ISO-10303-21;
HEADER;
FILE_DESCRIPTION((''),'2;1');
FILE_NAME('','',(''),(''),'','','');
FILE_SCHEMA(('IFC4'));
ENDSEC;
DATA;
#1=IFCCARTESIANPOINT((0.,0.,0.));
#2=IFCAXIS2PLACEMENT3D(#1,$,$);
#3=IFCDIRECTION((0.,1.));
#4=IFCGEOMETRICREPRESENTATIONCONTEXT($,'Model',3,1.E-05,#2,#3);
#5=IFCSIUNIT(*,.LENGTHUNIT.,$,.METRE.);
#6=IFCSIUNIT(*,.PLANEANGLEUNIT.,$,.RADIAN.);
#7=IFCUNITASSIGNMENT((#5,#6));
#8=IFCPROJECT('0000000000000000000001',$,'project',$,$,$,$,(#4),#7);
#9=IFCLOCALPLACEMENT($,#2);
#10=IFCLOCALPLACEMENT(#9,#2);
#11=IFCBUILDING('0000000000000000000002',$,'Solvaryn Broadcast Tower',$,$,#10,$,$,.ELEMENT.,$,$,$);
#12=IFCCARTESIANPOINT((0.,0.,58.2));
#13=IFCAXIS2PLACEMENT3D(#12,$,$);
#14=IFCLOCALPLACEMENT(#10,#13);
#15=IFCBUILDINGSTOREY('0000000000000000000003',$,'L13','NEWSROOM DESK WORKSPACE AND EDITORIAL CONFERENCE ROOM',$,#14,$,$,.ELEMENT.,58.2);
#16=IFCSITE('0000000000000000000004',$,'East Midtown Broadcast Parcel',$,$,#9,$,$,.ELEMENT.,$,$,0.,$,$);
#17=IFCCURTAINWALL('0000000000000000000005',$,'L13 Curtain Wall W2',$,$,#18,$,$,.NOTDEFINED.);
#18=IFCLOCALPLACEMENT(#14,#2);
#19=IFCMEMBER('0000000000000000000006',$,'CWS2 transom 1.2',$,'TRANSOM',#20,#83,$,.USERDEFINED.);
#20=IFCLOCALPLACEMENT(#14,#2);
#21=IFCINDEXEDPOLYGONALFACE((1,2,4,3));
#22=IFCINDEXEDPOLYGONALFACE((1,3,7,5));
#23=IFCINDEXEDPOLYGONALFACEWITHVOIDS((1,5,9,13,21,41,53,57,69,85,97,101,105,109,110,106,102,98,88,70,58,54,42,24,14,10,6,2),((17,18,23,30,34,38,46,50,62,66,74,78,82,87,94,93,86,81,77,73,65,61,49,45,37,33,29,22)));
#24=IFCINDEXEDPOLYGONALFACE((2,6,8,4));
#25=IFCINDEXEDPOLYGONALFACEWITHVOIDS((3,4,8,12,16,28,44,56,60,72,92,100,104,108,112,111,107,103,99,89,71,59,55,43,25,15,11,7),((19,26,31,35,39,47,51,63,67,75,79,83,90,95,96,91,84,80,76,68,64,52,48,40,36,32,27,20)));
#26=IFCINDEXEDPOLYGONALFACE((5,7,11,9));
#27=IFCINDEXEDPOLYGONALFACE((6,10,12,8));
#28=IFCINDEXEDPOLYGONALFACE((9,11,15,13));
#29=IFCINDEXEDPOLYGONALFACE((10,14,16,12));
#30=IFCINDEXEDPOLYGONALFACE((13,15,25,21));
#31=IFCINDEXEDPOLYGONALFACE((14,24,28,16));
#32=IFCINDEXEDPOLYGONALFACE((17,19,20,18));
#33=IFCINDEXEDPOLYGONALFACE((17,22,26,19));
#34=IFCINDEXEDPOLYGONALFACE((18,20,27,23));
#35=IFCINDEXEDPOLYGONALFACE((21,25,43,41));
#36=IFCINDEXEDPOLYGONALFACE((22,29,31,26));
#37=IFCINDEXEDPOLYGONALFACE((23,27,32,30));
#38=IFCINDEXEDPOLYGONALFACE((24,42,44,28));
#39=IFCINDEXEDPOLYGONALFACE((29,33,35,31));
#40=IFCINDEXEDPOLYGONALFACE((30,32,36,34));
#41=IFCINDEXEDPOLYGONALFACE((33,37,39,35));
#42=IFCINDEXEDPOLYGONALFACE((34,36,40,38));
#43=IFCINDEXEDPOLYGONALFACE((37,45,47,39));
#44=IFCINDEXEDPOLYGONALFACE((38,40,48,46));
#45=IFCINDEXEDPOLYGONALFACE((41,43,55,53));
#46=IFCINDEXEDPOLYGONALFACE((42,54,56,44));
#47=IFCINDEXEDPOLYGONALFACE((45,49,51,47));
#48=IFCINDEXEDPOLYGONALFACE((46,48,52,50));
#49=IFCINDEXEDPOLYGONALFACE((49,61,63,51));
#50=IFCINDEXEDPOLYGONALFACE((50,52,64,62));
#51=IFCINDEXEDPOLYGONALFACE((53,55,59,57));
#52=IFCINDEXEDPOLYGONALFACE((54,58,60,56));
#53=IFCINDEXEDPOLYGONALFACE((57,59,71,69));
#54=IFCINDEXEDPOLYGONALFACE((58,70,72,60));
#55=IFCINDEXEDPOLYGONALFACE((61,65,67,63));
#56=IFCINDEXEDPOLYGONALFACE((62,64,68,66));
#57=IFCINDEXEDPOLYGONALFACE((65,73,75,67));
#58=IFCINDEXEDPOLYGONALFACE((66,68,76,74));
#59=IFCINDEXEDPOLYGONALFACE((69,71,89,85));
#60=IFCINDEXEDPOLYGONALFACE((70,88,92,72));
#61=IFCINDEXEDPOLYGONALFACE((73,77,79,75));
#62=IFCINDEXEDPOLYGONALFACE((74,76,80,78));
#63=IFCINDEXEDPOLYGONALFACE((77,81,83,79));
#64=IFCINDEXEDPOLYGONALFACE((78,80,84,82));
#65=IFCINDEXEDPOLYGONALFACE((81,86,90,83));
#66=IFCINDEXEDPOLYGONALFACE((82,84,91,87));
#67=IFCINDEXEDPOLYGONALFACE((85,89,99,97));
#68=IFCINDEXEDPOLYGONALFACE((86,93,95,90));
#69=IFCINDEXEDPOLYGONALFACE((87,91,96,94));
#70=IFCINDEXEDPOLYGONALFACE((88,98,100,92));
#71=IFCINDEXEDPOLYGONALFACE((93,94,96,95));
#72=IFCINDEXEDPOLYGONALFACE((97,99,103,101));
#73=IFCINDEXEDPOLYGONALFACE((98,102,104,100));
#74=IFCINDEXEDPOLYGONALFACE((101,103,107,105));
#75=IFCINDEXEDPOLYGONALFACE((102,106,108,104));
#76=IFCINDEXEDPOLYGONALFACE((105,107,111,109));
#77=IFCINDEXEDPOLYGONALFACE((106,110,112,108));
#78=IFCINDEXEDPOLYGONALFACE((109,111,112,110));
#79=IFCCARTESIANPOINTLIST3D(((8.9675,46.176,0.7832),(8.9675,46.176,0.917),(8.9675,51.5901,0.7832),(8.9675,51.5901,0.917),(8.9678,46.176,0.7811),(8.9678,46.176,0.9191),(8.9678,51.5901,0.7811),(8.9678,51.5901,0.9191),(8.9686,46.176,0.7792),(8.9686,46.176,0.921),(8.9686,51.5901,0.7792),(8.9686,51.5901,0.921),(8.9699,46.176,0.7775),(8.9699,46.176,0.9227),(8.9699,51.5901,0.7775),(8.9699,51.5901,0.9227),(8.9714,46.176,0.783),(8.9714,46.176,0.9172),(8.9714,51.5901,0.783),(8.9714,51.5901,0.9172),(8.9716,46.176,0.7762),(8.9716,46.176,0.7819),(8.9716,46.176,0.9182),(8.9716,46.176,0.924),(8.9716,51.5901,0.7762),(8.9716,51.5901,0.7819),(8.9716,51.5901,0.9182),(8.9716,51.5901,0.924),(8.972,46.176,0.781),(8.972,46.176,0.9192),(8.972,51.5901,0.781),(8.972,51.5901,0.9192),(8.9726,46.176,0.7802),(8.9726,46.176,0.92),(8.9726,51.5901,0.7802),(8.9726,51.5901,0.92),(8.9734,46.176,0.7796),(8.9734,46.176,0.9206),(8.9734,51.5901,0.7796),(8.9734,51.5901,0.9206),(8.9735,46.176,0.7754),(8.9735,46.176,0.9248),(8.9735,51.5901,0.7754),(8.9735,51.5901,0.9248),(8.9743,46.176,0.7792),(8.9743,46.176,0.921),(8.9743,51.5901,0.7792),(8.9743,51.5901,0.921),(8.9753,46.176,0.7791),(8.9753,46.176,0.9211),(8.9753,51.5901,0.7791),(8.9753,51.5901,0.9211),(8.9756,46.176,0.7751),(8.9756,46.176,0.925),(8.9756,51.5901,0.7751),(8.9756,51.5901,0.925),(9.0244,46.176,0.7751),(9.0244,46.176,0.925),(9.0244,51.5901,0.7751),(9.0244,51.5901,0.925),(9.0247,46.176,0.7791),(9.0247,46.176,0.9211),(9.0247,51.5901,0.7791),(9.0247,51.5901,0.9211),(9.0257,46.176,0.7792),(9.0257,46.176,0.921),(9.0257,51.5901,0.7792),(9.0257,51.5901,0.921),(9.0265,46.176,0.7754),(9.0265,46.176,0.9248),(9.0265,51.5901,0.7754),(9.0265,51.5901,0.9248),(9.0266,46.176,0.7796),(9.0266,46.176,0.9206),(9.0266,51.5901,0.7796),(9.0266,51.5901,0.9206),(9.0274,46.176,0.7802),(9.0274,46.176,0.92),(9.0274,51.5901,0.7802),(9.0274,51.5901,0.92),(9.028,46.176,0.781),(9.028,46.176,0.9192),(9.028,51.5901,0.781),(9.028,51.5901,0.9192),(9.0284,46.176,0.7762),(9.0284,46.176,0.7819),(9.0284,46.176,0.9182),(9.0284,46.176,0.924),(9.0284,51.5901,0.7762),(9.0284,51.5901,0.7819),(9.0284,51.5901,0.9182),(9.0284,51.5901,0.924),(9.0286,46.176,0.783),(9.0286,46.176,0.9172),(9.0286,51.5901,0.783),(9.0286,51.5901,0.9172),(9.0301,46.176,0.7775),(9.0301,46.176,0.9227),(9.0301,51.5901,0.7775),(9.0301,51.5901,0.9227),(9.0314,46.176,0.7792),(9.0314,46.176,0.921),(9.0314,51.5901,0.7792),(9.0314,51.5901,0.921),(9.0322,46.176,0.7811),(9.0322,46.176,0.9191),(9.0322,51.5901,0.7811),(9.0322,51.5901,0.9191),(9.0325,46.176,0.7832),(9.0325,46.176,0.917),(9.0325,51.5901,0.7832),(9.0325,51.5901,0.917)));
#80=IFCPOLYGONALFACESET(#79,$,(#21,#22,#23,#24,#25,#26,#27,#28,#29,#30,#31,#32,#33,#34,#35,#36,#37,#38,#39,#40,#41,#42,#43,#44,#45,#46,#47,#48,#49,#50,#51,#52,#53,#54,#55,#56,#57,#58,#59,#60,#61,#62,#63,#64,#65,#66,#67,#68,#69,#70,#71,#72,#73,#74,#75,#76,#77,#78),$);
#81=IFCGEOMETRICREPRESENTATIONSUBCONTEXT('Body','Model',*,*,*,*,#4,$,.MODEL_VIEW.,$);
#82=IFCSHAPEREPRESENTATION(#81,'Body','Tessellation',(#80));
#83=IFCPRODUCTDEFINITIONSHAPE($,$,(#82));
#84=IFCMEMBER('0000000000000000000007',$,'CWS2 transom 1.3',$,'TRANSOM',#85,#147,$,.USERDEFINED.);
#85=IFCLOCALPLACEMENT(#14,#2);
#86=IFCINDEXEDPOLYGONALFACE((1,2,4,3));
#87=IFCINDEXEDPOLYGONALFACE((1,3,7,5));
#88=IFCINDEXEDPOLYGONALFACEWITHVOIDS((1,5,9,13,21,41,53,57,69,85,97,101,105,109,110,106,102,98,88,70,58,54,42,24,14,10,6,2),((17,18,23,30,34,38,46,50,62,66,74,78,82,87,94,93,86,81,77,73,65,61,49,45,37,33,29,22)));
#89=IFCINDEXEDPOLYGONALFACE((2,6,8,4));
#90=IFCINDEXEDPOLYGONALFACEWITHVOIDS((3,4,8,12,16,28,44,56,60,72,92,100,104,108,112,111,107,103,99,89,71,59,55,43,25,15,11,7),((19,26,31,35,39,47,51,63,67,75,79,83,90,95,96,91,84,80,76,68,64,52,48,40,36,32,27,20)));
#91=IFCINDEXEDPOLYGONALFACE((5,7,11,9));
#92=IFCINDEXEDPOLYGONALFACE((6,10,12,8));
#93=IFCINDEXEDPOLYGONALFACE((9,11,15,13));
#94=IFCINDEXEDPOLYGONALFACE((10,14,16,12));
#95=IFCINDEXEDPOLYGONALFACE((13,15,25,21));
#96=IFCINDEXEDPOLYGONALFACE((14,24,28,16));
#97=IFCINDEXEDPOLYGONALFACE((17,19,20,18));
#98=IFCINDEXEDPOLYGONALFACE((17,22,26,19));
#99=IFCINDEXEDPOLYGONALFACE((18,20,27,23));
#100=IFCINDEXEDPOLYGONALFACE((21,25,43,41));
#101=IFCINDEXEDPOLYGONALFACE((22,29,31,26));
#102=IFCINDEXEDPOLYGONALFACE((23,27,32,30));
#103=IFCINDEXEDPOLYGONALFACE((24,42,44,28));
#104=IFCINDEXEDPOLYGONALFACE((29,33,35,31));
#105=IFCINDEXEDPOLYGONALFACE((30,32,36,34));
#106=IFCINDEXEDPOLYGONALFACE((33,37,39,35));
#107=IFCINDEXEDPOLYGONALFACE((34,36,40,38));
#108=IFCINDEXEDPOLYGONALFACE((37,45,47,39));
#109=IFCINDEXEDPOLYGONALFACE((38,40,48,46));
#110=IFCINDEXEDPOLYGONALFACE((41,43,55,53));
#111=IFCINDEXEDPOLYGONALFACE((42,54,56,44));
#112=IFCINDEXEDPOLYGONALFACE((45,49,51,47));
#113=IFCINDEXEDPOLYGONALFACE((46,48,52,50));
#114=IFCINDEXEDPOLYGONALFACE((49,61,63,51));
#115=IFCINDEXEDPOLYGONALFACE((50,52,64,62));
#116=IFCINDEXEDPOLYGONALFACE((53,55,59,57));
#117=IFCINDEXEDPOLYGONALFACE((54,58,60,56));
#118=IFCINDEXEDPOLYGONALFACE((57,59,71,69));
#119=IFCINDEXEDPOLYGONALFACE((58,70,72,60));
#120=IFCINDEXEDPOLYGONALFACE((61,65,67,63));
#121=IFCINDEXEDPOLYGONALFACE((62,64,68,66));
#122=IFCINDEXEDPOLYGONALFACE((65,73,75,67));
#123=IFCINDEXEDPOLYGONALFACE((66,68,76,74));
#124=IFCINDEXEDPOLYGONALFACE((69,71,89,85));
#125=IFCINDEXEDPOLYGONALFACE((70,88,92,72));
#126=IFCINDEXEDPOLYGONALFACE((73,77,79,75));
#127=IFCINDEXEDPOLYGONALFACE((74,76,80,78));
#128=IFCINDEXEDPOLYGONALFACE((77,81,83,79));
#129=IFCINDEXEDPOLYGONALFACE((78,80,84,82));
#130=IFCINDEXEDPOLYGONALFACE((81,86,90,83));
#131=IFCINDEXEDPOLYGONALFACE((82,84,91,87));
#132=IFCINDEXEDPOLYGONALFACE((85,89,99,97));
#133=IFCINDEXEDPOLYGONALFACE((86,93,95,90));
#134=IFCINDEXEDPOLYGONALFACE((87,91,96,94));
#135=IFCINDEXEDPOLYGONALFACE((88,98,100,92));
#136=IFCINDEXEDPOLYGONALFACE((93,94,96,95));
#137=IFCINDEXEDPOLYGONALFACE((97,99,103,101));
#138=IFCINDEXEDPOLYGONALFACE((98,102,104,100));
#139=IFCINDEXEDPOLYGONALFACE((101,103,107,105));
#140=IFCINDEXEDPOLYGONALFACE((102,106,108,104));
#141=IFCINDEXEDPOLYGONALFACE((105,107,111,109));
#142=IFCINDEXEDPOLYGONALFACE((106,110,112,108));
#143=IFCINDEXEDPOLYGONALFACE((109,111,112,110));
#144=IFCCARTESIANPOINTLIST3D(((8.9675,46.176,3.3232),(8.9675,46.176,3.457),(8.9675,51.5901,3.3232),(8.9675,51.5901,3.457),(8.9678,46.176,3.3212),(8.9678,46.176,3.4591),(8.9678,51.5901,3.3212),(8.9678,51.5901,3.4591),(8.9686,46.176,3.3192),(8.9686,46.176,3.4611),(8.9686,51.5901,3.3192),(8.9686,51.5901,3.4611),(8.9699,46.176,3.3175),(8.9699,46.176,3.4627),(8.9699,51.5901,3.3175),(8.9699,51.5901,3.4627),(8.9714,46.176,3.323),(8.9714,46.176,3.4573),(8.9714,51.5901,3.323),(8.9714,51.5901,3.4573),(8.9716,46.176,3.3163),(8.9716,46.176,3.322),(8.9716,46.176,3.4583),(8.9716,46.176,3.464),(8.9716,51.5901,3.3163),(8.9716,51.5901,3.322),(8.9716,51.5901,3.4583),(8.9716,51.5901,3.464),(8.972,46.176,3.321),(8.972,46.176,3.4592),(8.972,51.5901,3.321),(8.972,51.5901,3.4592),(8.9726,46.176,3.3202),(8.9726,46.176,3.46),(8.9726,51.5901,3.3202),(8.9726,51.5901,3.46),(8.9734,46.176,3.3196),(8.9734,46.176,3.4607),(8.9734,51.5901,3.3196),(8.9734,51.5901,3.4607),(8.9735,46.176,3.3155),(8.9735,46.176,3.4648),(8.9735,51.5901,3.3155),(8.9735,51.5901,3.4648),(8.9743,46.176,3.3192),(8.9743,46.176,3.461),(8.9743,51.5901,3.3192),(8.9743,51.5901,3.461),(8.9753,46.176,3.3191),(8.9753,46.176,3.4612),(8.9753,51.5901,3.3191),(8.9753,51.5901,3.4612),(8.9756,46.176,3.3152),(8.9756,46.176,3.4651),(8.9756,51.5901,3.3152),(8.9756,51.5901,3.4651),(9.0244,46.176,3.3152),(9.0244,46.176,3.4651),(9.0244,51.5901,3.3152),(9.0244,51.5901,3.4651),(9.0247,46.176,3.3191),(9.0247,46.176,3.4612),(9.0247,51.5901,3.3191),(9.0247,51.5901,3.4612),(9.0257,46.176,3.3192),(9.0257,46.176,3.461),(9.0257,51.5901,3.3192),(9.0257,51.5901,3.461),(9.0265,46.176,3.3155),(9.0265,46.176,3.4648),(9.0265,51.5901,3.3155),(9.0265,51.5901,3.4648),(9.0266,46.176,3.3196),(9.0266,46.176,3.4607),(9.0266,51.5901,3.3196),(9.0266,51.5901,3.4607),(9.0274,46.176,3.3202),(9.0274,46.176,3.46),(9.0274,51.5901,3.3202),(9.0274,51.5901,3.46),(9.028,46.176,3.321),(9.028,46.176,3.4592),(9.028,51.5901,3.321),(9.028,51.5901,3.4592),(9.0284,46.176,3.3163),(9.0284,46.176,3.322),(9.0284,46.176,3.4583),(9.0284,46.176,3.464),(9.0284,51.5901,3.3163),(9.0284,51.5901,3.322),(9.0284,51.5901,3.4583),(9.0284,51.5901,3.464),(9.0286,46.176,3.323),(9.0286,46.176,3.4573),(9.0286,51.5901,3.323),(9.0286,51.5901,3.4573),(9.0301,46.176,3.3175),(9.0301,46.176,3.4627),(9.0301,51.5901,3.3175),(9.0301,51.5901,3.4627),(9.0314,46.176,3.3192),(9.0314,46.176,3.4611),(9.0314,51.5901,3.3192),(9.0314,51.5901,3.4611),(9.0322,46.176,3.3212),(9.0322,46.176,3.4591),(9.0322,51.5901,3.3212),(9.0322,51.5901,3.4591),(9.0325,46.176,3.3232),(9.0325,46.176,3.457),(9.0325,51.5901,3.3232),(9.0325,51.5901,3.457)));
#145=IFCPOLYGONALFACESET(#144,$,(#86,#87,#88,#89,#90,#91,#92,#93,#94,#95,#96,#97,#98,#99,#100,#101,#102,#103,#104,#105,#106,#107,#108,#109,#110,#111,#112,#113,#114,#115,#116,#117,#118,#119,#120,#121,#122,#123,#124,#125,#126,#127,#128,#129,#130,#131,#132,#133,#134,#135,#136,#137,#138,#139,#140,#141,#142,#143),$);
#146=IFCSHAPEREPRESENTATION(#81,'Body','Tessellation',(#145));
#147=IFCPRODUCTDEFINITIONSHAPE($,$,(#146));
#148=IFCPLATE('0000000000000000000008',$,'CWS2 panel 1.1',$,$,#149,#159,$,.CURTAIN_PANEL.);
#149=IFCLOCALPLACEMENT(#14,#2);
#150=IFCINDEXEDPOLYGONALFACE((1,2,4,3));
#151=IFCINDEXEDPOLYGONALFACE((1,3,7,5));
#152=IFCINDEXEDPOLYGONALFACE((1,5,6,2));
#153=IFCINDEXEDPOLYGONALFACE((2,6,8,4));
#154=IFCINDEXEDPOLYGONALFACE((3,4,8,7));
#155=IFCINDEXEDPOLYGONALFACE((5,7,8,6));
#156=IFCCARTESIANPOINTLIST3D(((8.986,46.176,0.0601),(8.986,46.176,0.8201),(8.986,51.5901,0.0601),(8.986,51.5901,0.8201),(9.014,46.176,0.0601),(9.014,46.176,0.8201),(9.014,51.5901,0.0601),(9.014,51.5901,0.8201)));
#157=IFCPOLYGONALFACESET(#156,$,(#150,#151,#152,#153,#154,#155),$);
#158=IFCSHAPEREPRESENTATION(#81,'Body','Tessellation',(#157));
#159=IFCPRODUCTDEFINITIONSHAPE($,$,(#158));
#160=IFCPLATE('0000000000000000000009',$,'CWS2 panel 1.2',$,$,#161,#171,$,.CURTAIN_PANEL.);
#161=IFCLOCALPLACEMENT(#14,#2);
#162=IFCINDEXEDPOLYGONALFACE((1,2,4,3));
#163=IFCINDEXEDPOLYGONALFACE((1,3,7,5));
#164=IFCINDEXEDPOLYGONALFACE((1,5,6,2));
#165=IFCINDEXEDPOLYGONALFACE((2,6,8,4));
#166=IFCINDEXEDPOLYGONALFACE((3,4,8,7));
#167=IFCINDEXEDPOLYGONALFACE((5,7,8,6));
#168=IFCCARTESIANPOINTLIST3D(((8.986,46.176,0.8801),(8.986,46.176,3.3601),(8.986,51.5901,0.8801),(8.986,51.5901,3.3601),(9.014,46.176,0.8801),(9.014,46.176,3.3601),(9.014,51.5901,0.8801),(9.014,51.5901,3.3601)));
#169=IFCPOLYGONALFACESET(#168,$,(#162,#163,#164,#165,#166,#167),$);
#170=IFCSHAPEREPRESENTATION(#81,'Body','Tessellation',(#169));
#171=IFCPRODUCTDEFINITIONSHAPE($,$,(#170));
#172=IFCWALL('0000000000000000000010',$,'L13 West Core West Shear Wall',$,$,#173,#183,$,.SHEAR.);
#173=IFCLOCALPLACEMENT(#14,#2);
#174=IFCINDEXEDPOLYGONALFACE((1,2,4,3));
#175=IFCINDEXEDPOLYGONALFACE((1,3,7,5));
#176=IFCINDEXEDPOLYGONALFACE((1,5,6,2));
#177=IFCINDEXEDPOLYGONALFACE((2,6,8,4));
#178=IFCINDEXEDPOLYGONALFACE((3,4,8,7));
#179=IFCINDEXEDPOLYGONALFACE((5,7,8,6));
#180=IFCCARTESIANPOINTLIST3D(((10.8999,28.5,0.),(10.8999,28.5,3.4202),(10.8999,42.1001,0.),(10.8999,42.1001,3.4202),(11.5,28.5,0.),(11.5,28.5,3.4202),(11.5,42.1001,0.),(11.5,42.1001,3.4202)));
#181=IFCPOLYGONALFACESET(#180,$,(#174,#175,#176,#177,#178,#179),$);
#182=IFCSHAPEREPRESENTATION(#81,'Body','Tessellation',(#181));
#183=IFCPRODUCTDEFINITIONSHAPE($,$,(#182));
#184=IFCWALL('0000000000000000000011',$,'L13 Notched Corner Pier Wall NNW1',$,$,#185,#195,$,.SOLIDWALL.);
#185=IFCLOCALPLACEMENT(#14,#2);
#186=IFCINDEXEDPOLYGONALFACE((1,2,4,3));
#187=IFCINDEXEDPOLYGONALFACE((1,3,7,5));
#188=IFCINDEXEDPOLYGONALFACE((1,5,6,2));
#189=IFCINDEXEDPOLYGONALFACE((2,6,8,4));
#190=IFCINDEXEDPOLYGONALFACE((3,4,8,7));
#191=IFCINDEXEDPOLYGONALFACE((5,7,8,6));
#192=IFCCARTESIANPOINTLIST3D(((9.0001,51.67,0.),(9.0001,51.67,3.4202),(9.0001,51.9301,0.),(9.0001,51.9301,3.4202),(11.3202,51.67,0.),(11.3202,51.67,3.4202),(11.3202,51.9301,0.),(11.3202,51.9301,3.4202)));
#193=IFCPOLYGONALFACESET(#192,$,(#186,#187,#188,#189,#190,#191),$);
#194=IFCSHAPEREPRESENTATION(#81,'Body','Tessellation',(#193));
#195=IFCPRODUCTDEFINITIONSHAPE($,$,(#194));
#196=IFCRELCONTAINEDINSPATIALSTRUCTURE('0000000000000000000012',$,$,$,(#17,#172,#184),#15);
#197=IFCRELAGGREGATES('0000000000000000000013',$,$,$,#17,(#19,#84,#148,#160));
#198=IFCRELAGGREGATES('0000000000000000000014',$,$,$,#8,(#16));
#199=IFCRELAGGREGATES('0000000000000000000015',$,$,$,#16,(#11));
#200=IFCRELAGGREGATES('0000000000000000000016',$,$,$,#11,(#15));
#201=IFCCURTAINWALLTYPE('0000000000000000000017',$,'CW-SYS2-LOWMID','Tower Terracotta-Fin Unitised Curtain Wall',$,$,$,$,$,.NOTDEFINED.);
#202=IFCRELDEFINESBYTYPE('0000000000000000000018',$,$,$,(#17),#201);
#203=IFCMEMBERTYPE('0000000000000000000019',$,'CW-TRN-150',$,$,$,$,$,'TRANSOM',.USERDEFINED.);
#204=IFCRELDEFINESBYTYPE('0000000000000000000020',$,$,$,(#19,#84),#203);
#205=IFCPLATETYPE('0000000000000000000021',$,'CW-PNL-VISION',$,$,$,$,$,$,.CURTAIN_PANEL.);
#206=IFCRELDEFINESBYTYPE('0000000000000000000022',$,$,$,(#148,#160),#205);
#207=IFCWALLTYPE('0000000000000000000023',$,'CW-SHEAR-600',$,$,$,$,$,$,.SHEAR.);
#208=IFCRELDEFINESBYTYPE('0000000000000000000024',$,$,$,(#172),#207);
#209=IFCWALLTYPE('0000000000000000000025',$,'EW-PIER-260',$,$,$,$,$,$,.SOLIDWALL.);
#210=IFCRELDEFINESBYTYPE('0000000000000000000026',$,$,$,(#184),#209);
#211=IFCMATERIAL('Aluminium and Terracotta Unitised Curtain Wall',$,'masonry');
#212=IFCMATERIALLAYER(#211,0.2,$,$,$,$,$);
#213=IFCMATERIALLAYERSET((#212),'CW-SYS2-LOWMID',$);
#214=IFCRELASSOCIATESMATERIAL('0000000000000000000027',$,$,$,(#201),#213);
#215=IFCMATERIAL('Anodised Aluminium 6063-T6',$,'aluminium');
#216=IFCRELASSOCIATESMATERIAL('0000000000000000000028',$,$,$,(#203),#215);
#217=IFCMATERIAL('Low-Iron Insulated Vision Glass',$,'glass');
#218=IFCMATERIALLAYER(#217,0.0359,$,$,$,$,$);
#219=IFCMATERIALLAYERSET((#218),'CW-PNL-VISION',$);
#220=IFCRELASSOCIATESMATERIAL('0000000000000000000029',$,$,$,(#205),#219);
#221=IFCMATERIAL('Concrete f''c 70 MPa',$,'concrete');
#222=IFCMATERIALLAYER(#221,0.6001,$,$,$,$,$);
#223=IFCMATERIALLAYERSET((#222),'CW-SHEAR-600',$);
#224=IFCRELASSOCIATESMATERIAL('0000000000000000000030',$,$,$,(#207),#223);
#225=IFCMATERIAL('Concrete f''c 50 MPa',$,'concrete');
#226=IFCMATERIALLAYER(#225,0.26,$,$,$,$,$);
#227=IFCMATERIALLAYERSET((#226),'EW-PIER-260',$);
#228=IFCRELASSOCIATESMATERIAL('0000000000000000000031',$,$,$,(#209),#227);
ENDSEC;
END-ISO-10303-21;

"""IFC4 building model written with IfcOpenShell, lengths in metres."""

from ifc_helpers import new_model, si_unit, direction, frame, frame_2d, origin, origin_2d, place, context, subcontext, project, spatial, rectangle, hollow_rectangle, extrude, material, layer, layer_set, material_profile, profile_set, type_object, element, aggregate, save


model = new_model("IFC4")

# Units and contexts
model_context = context("Model", 3, precision=1e-05, world=origin(), true_north=direction((0.0, 1.0)))
body_context = subcontext(model_context, "Body", "Model", "MODEL_VIEW")
ifc_project = project(units=[si_unit("LENGTHUNIT", "METRE"), si_unit("PLANEANGLEUNIT", "RADIAN")], contexts=[model_context])

# Site, building, storey
site_placement = place(None, origin())
site = spatial("IfcSite", under=ifc_project, at=site_placement, Name="East Midtown Broadcast Parcel", CompositionType="ELEMENT", RefElevation=0.0)
building_placement = place(site_placement, origin())
building = spatial("IfcBuilding", under=site, at=building_placement, Name="Solvaryn Broadcast Tower", CompositionType="ELEMENT")
storey_placement = place(building_placement, frame((0.0, 0.0, 58.2)))
storey = spatial("IfcBuildingStorey", under=building, at=storey_placement, Name="L13", Description="NEWSROOM DESK WORKSPACE AND EDITORIAL CONFERENCE ROOM", CompositionType="ELEMENT", Elevation=58.2)

# Shared definitions
ifc_material_1 = material(Name="Aluminium and Terracotta Unitised Curtain Wall", Category="masonry")
ifc_layer_1 = layer(ifc_material_1, 0.2)
ifc_layer_set_1 = layer_set([ifc_layer_1], Name="CW-SYS2-LOWMID")
curtain_wall_type = type_object("IfcCurtainWallType", Name="CW-SYS2-LOWMID", Description="Tower Terracotta-Fin Unitised Curtain Wall", PredefinedType="NOTDEFINED", material=ifc_layer_set_1)

# Curtain wall
curtain_wall_1_placement = place(storey_placement, origin())
curtain_wall_1 = element("IfcCurtainWall", 1, at=curtain_wall_1_placement, inside=storey, type_object=curtain_wall_type, Name="L13 Curtain Wall W2", PredefinedType="NOTDEFINED")

# Members
ifc_material_2 = material(Name="Anodised Aluminium 6063-T6", Category="aluminium")
ifc_material_profile_1 = material_profile(ifc_material_2, hollow_rectangle(XDim=0.0649, YDim=0.1499, WallThickness=0.0039, InnerFilletRadius=0.0039, OuterFilletRadius=0.0081, at=origin_2d()))
ifc_profile_set_1 = profile_set([ifc_material_profile_1], Name="Anodised Aluminium 6063-T6")
member_type_1 = type_object("IfcMemberType", Name="CW-TRN-150", ElementType="TRANSOM", PredefinedType="USERDEFINED", material=ifc_profile_set_1)
member_1_placement = place(storey_placement, frame((9.0, 46.176, 0.8501), z_axis=(0.0, 1.0, 0.0), x_axis=(-1.0, 0.0, 0.0)))
member_1 = element("IfcMember", 2, at=member_1_placement, type_object=member_type_1, Name="CWS2 transom 1.2", ObjectType="TRANSOM", PredefinedType="USERDEFINED", context=body_context, shape_type="SweptSolid", body=[
    extrude(hollow_rectangle(XDim=0.0649, YDim=0.1499, WallThickness=0.0039, InnerFilletRadius=0.0039, OuterFilletRadius=0.0081, at=origin_2d()), origin(), (0.0, 0.0, 1.0), 5.4141),
])
member_2_placement = place(storey_placement, frame((9.0, 46.176, 3.3901), z_axis=(0.0, 1.0, 0.0), x_axis=(-1.0, 0.0, 0.0)))
member_2 = element("IfcMember", 3, at=member_2_placement, type_object=member_type_1, Name="CWS2 transom 1.3", ObjectType="TRANSOM", PredefinedType="USERDEFINED", context=body_context, shape_type="SweptSolid", body=[
    extrude(hollow_rectangle(XDim=0.0649, YDim=0.1499, WallThickness=0.0039, InnerFilletRadius=0.0039, OuterFilletRadius=0.0081, at=origin_2d()), origin(), (0.0, 0.0, 1.0), 5.4141),
])

# Plates
ifc_material_3 = material(Name="Low-Iron Insulated Vision Glass", Category="glass")
ifc_layer_2 = layer(ifc_material_3, 0.0359)
ifc_layer_set_2 = layer_set([ifc_layer_2], Name="CW-PNL-VISION")
plate_type = type_object("IfcPlateType", Name="CW-PNL-VISION", PredefinedType="CURTAIN_PANEL", material=ifc_layer_set_2)
plate_1_placement = place(storey_placement, frame((9.0, 48.8831, 0.0601), z_axis=(0.0, 0.0, 1.0), x_axis=(0.0, 1.0, 0.0)))
plate_1 = element("IfcPlate", 4, at=plate_1_placement, type_object=plate_type, Name="CWS2 panel 1.1", PredefinedType="CURTAIN_PANEL", context=body_context, shape_type="SweptSolid", body=[
    extrude(rectangle(XDim=5.4141, YDim=0.0281, at=origin_2d()), origin(), (0.0, 0.0, 1.0), 0.76),
])
plate_2_placement = place(storey_placement, frame((9.0, 48.8831, 0.8801), z_axis=(0.0, 0.0, 1.0), x_axis=(0.0, 1.0, 0.0)))
plate_2 = element("IfcPlate", 5, at=plate_2_placement, type_object=plate_type, Name="CWS2 panel 1.2", PredefinedType="CURTAIN_PANEL", context=body_context, shape_type="SweptSolid", body=[
    extrude(rectangle(XDim=5.4141, YDim=0.0281, at=origin_2d()), origin(), (0.0, 0.0, 1.0), 2.48),
])
aggregate(curtain_wall_1, [member_1, member_2, plate_1, plate_2])

# Walls
ifc_material_4 = material(Name="Concrete f'c 70 MPa", Category="concrete")
ifc_layer_3 = layer(ifc_material_4, 0.6001)
ifc_layer_set_3 = layer_set([ifc_layer_3], Name="CW-SHEAR-600")
wall_type_1 = type_object("IfcWallType", Name="CW-SHEAR-600", PredefinedType="SHEAR", material=ifc_layer_set_3)
wall_1_placement = place(storey_placement, frame((11.2, 42.1001, 0.0), z_axis=(0.0, 0.0, 1.0), x_axis=(0.0, -1.0, 0.0)))
element("IfcWall", 6, at=wall_1_placement, inside=storey, type_object=wall_type_1, Name="L13 West Core West Shear Wall", PredefinedType="SHEAR", context=body_context, shape_type="SweptSolid", body=[
    extrude(rectangle(XDim=13.6001, YDim=0.6001, at=frame_2d((6.8, 0.0))), origin(), (0.0, 0.0, 1.0), 3.4202),
])
ifc_material_5 = material(Name="Concrete f'c 50 MPa", Category="concrete")
ifc_layer_4 = layer(ifc_material_5, 0.26)
ifc_layer_set_4 = layer_set([ifc_layer_4], Name="EW-PIER-260")
wall_type_2 = type_object("IfcWallType", Name="EW-PIER-260", PredefinedType="SOLIDWALL", material=ifc_layer_set_4)
wall_2_placement = place(storey_placement, frame((9.0, 51.8, 0.0), z_axis=(0.0, 0.0, 1.0), x_axis=(1.0, 0.0, 0.0)))
element("IfcWall", 7, at=wall_2_placement, inside=storey, type_object=wall_type_2, Name="L13 Notched Corner Pier Wall NNW1", PredefinedType="SOLIDWALL", context=body_context, shape_type="SweptSolid", body=[
    extrude(rectangle(XDim=2.3201, YDim=0.26, at=frame_2d((1.1602, 0.0))), origin(), (0.0, 0.0, 1.0), 3.4202),
])

save(model, "model.ifc")
